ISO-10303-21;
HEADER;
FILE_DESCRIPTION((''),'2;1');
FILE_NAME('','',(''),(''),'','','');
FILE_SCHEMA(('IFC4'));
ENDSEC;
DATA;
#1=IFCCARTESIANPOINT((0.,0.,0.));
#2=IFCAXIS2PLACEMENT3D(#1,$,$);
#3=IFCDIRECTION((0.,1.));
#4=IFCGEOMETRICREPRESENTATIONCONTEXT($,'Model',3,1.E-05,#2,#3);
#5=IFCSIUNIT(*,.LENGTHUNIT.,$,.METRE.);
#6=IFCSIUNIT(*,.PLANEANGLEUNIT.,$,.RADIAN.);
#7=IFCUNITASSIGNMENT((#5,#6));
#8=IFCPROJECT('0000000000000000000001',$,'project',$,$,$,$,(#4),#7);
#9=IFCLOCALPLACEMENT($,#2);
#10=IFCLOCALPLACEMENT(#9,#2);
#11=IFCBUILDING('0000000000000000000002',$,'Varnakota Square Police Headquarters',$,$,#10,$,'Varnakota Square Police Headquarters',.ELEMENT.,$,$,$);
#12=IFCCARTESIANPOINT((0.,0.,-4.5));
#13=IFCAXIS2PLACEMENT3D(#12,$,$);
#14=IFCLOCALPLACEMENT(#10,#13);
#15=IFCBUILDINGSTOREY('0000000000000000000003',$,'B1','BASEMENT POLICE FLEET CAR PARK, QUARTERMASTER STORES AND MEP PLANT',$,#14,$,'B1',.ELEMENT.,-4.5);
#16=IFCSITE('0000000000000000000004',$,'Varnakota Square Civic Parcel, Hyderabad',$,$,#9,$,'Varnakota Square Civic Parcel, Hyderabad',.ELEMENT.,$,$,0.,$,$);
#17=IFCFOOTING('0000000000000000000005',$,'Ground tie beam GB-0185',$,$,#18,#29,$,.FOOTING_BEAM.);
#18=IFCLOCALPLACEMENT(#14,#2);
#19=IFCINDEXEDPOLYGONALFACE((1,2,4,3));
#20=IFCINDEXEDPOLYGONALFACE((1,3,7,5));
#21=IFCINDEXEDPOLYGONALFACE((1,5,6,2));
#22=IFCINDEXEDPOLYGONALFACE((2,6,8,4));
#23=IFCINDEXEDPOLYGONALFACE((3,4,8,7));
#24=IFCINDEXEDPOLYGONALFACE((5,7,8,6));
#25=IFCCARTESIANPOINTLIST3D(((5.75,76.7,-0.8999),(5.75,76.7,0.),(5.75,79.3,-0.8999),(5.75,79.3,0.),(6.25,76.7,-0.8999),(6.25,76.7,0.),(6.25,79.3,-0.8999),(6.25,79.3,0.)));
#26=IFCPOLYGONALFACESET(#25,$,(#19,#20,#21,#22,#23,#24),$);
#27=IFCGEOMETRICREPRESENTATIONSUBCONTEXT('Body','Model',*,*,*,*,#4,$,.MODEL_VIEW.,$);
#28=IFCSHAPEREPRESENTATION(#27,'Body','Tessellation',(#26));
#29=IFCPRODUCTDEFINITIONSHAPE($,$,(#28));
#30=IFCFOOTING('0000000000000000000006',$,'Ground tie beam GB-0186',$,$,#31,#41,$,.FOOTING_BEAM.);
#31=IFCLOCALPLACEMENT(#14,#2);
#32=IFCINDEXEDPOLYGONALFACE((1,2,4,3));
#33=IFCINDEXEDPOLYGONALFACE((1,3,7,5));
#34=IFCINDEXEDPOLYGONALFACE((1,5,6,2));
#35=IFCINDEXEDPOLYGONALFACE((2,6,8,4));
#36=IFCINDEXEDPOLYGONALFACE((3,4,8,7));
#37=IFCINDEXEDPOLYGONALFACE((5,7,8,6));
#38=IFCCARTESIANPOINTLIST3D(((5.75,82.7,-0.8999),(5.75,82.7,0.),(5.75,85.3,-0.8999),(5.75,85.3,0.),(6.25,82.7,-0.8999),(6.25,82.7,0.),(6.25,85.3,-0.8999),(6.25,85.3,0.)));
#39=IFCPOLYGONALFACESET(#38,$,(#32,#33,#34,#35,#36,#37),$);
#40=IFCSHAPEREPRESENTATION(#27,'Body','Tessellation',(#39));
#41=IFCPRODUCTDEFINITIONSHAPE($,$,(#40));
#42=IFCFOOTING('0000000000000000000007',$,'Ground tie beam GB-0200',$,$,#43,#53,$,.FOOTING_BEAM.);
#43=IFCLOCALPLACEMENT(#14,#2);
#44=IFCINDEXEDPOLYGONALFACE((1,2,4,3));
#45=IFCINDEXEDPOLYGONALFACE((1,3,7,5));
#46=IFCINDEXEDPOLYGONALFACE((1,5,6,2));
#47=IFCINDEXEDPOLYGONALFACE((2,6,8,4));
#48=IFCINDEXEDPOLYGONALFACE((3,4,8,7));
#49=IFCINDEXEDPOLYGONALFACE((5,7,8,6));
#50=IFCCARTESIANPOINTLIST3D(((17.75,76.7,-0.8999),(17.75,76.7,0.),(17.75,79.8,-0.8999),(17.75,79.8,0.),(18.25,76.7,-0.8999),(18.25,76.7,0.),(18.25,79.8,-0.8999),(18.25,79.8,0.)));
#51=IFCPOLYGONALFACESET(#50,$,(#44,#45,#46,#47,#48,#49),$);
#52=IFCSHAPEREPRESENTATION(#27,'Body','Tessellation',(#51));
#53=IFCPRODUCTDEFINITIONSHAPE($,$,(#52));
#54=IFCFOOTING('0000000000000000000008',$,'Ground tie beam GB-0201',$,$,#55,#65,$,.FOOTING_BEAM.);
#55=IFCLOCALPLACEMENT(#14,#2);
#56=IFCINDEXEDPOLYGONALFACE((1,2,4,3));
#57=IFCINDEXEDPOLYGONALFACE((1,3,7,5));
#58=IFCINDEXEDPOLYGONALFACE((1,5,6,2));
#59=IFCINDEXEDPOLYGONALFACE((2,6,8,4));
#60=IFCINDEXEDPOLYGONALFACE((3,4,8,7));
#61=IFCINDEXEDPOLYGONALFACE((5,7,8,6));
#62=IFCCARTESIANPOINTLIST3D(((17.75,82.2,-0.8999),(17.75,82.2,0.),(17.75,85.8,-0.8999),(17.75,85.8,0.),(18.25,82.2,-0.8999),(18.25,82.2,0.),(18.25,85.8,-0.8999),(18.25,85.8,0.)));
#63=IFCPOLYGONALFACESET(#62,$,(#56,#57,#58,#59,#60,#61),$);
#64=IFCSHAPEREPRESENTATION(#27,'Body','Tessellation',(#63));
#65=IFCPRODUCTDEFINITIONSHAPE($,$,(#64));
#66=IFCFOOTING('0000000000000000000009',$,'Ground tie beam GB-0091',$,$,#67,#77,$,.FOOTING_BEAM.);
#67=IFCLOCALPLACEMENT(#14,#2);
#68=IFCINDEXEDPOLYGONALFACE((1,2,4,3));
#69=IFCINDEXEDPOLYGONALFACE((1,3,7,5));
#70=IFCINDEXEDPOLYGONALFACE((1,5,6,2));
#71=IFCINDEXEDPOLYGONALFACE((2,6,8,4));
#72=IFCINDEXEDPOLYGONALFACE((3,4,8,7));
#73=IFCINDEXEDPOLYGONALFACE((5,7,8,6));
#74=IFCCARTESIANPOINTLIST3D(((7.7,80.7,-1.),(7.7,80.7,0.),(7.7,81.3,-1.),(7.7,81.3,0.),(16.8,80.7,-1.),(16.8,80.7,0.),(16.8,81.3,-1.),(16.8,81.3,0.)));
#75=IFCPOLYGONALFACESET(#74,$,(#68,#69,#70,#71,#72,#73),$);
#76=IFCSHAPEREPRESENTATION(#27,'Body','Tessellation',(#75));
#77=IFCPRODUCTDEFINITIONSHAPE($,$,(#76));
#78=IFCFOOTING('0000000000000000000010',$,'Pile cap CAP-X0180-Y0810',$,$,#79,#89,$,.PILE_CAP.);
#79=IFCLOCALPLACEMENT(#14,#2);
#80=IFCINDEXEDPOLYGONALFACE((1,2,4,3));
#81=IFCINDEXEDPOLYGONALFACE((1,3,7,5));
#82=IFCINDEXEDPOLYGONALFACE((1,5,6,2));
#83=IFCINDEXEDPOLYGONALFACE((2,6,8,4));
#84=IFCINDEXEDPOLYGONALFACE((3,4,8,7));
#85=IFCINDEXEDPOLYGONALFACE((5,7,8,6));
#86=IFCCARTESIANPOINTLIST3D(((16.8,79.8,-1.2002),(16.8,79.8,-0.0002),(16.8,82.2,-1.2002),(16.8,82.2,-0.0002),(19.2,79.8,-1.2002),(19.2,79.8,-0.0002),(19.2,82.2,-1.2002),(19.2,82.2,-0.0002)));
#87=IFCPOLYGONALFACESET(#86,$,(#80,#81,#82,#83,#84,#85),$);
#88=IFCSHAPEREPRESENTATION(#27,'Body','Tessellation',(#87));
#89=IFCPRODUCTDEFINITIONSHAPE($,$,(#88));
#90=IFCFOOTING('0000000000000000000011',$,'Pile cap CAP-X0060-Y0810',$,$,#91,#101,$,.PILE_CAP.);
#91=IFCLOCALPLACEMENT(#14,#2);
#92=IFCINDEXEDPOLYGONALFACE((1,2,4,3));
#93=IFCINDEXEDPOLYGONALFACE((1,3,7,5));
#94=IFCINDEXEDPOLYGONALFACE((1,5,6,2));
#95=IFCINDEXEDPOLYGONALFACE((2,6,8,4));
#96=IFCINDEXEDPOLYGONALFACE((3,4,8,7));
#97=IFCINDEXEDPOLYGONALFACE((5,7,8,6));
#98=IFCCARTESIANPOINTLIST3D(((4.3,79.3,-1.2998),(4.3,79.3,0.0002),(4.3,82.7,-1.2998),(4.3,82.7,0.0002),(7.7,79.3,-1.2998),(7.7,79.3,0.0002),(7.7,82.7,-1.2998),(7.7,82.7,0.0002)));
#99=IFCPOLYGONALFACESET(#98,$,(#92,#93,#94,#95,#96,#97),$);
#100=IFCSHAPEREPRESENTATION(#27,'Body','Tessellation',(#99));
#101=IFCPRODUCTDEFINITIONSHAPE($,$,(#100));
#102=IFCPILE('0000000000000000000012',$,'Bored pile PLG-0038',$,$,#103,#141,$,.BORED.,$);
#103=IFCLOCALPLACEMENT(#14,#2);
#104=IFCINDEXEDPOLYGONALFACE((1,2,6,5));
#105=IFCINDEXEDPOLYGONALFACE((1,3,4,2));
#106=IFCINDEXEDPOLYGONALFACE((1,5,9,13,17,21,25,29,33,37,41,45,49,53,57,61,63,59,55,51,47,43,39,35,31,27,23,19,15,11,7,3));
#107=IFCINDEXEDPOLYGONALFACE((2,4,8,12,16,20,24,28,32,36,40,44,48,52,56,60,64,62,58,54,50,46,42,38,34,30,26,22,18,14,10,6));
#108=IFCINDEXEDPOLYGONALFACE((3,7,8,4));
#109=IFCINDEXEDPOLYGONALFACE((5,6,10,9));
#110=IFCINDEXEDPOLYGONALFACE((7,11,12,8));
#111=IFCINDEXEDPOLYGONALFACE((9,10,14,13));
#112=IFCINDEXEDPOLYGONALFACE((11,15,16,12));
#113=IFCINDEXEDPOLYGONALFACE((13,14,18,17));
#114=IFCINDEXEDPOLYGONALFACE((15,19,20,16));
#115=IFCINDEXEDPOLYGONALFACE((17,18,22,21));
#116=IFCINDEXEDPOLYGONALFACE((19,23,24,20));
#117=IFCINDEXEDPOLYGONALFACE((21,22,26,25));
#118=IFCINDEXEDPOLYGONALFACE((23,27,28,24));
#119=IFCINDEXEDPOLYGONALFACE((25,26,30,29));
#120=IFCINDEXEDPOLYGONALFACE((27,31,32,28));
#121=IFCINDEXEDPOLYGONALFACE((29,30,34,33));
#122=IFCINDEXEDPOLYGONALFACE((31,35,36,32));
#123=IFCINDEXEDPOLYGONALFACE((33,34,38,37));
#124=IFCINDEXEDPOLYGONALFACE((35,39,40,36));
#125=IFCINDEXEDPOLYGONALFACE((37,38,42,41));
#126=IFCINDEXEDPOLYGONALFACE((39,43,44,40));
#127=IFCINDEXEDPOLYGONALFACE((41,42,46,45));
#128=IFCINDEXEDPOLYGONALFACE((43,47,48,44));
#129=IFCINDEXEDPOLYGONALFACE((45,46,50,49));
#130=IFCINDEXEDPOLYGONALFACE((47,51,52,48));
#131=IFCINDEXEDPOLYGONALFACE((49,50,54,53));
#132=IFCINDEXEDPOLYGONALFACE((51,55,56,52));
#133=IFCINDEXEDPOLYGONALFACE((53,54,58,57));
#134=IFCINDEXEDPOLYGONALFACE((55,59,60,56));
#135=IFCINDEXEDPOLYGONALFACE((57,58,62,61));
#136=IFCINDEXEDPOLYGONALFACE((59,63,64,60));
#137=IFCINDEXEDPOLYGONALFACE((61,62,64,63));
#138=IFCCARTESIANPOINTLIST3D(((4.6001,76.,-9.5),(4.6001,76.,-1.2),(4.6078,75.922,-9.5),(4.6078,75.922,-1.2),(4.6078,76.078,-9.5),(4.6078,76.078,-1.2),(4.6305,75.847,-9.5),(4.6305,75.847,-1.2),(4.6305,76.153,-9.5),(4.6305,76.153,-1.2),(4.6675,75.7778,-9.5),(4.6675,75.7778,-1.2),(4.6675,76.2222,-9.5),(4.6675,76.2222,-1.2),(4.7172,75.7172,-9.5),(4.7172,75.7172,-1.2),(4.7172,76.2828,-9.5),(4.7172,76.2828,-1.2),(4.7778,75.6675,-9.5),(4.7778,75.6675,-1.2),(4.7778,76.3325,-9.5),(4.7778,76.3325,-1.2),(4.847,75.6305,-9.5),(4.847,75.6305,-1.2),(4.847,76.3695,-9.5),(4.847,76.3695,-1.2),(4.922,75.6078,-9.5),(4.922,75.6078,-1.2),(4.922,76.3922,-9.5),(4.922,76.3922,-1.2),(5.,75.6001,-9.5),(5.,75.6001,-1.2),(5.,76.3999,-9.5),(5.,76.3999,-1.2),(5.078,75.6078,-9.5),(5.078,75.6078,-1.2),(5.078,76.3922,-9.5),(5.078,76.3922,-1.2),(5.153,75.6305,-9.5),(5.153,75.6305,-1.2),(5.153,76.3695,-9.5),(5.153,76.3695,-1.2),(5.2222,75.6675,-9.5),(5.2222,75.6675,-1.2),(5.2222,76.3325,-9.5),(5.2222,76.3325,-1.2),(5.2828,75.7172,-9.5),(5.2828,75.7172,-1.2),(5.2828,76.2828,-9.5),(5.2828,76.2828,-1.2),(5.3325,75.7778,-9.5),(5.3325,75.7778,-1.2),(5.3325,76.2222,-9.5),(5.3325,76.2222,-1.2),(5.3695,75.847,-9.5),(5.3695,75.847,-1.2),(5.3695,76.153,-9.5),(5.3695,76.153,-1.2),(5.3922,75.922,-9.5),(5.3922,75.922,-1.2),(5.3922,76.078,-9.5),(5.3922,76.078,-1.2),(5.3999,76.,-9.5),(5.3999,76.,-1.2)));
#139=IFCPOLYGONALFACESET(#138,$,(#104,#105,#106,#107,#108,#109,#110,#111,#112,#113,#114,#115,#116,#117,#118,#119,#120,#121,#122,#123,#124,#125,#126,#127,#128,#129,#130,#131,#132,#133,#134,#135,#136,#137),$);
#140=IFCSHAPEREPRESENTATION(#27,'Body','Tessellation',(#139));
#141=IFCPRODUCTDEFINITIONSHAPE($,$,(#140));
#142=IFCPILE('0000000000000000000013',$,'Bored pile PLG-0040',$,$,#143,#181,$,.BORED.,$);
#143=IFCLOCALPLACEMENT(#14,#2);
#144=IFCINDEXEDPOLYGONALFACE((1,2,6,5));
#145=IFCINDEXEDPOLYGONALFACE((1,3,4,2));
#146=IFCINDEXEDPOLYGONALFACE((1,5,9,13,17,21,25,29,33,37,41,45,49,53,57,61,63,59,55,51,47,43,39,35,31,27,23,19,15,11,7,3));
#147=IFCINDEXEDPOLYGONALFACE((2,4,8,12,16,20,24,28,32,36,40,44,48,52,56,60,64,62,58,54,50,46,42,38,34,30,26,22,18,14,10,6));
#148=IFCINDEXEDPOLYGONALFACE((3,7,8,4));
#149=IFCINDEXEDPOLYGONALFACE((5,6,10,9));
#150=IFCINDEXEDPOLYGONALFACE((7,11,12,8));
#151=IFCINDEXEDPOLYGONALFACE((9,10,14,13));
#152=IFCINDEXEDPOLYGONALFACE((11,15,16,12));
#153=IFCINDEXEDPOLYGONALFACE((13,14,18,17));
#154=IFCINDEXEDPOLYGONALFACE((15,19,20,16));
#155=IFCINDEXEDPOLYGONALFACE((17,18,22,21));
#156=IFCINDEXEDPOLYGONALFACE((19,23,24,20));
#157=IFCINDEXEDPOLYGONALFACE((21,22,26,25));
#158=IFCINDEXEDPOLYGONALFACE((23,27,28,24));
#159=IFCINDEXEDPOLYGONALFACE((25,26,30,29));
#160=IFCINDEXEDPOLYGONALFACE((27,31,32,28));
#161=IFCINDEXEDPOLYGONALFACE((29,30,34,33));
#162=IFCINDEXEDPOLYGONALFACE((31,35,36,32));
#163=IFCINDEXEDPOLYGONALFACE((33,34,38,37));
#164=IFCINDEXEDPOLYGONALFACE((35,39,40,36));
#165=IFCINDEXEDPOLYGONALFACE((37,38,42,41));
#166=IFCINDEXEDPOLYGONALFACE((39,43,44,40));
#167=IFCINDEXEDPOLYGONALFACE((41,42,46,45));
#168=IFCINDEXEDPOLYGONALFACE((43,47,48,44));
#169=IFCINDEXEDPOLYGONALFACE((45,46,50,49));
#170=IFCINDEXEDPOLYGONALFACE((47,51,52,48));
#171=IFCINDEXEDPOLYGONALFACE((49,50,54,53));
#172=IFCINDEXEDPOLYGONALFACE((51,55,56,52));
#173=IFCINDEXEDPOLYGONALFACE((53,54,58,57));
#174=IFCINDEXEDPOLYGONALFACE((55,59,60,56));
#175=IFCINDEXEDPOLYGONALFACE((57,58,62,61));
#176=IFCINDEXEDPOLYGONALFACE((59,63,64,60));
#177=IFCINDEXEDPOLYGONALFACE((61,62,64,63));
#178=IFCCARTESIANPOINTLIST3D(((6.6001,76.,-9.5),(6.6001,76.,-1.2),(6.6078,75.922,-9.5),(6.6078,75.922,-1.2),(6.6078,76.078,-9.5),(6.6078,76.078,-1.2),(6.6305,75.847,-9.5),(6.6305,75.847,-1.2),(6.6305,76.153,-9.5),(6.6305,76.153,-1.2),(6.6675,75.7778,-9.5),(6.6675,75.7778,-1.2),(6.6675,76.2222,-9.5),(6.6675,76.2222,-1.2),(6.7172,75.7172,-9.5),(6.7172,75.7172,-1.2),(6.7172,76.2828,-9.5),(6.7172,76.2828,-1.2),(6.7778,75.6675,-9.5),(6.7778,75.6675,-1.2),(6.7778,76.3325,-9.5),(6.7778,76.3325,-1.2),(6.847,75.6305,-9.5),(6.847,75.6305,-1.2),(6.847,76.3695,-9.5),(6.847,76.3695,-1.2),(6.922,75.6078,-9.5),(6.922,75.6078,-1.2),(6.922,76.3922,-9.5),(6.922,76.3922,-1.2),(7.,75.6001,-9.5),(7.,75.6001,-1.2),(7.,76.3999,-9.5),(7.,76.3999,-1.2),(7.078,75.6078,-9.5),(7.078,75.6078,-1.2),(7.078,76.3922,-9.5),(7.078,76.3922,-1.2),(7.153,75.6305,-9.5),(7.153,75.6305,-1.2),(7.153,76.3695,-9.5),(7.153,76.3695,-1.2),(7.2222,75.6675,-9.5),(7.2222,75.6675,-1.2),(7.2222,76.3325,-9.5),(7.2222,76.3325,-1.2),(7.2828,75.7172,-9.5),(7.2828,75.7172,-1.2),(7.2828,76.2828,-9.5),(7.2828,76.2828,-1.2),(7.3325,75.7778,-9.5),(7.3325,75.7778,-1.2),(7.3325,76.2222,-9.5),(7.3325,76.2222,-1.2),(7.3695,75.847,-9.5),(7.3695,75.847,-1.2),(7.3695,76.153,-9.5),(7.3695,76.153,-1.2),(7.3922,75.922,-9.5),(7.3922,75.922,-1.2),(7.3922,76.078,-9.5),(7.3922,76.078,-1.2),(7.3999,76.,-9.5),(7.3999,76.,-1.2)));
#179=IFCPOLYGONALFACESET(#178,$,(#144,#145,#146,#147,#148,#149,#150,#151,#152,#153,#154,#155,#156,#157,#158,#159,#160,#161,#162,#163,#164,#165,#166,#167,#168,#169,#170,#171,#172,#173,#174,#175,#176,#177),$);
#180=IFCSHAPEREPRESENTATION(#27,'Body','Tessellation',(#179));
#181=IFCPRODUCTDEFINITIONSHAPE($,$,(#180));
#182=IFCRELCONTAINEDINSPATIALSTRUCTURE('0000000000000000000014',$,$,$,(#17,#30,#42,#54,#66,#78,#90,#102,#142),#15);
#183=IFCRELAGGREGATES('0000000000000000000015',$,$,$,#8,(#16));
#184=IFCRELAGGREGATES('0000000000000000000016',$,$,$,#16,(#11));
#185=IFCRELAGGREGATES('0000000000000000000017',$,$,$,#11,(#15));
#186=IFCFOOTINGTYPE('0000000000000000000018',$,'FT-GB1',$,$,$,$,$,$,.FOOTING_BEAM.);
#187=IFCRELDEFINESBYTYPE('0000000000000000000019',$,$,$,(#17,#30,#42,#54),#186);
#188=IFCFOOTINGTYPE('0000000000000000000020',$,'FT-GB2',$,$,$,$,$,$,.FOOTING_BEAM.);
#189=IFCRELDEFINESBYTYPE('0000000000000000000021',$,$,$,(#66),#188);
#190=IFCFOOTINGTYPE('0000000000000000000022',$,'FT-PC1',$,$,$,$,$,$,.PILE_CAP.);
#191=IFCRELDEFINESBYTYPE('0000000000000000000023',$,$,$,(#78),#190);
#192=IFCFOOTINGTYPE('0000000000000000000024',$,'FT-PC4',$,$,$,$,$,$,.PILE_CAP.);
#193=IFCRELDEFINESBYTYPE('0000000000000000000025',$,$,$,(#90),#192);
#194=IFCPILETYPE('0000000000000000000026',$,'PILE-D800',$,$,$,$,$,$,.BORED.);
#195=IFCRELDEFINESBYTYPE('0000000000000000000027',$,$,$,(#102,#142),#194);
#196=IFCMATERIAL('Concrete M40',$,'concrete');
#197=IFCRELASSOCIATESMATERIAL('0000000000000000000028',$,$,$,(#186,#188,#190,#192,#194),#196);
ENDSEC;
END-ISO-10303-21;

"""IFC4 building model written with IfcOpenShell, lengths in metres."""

from ifc_helpers import new_model, si_unit, direction, frame, origin, origin_2d, place, context, subcontext, project, spatial, rectangle, circle, extrude, material, material_profile, profile_set, type_object, element, save


model = new_model("IFC4")

# Units and contexts
model_context = context("Model", 3, precision=1e-05, world=origin(), true_north=direction((0.0, 1.0)))
body_context = subcontext(model_context, "Body", "Model", "MODEL_VIEW")
ifc_project = project(units=[si_unit("LENGTHUNIT", "METRE"), si_unit("PLANEANGLEUNIT", "RADIAN")], contexts=[model_context])

# Site, building, storey
site_placement = place(None, origin())
site = spatial("IfcSite", under=ifc_project, at=site_placement, Name="Varnakota Square Civic Parcel, Hyderabad", LongName="Varnakota Square Civic Parcel, Hyderabad", CompositionType="ELEMENT", RefElevation=0.0)
building_placement = place(site_placement, origin())
building = spatial("IfcBuilding", under=site, at=building_placement, Name="Varnakota Square Police Headquarters", LongName="Varnakota Square Police Headquarters", CompositionType="ELEMENT")
storey_placement = place(building_placement, frame((0.0, 0.0, -4.5)))
storey = spatial("IfcBuildingStorey", under=building, at=storey_placement, Name="B1", Description="BASEMENT POLICE FLEET CAR PARK, QUARTERMASTER STORES AND MEP PLANT", LongName="B1", CompositionType="ELEMENT", Elevation=-4.5)

# Footings
ifc_material_1 = material(Name="Concrete M40", Category="concrete")
ifc_material_profile_1 = material_profile(ifc_material_1, rectangle(XDim=0.5, YDim=0.8999, at=origin_2d()), Name="GB 500x900")
ifc_profile_set_1 = profile_set([ifc_material_profile_1], Name="Concrete M40")
footing_type_1 = type_object("IfcFootingType", Name="FT-GB1", PredefinedType="FOOTING_BEAM", material=ifc_profile_set_1)
for number, where, z_axis, x_axis, name in (
    (1, (6.0, 76.7, -0.45), (0.0, 1.0, 0.0), (-1.0, 0.0, 0.0), "Ground tie beam GB-0185"),
    (2, (6.0, 82.7, -0.45), (0.0, 1.0, 0.0), (-1.0, 0.0, 0.0), "Ground tie beam GB-0186"),
):
    element("IfcFooting", number, at=place(storey_placement, frame(where, z_axis=z_axis, x_axis=x_axis)), inside=storey, type_object=footing_type_1, Name=name, PredefinedType="FOOTING_BEAM", context=body_context, shape_type="SweptSolid", body=[
        extrude(rectangle(XDim=0.5, YDim=0.8999, at=origin_2d()), origin(), (0.0, 0.0, 1.0), 2.6001),
    ])
footing_1_placement = place(storey_placement, frame((18.0, 76.7, -0.45), z_axis=(0.0, 1.0, 0.0), x_axis=(-1.0, 0.0, 0.0)))
element("IfcFooting", 3, at=footing_1_placement, inside=storey, type_object=footing_type_1, Name="Ground tie beam GB-0200", PredefinedType="FOOTING_BEAM", context=body_context, shape_type="SweptSolid", body=[
    extrude(rectangle(XDim=0.5, YDim=0.8999, at=origin_2d()), origin(), (0.0, 0.0, 1.0), 3.1001),
])
footing_2_placement = place(storey_placement, frame((18.0, 82.2, -0.45), z_axis=(0.0, 1.0, 0.0), x_axis=(-1.0, 0.0, 0.0)))
element("IfcFooting", 4, at=footing_2_placement, inside=storey, type_object=footing_type_1, Name="Ground tie beam GB-0201", PredefinedType="FOOTING_BEAM", context=body_context, shape_type="SweptSolid", body=[
    extrude(rectangle(XDim=0.5, YDim=0.8999, at=origin_2d()), origin(), (0.0, 0.0, 1.0), 3.6001),
])
ifc_material_profile_2 = material_profile(ifc_material_1, rectangle(XDim=0.6001, YDim=1.0, at=origin_2d()), Name="GB 600x1000")
ifc_profile_set_2 = profile_set([ifc_material_profile_2], Name="Concrete M40")
footing_type_2 = type_object("IfcFootingType", Name="FT-GB2", PredefinedType="FOOTING_BEAM", material=ifc_profile_set_2)
footing_3_placement = place(storey_placement, frame((7.7, 81.0, -0.5), z_axis=(1.0, 0.0, 0.0), x_axis=(0.0, 1.0, 0.0)))
element("IfcFooting", 5, at=footing_3_placement, inside=storey, type_object=footing_type_2, Name="Ground tie beam GB-0091", PredefinedType="FOOTING_BEAM", context=body_context, shape_type="SweptSolid", body=[
    extrude(rectangle(XDim=0.6001, YDim=1.0, at=origin_2d()), origin(), (0.0, 0.0, 1.0), 9.1001),
])
footing_type_3 = type_object("IfcFootingType", Name="FT-PC1", PredefinedType="PILE_CAP", material=ifc_material_1)
footing_4_placement = place(storey_placement, frame((18.0, 81.0, -1.2002), z_axis=(0.0, 0.0, 1.0), x_axis=(1.0, 0.0, 0.0)))
element("IfcFooting", 6, at=footing_4_placement, inside=storey, type_object=footing_type_3, Name="Pile cap CAP-X0180-Y0810", PredefinedType="PILE_CAP", context=body_context, shape_type="SweptSolid", body=[
    extrude(rectangle(XDim=2.3999, YDim=2.3999, at=origin_2d()), origin(), (0.0, 0.0, 1.0), 1.2),
])
footing_type_4 = type_object("IfcFootingType", Name="FT-PC4", PredefinedType="PILE_CAP", material=ifc_material_1)
footing_5_placement = place(storey_placement, frame((6.0, 81.0, -1.2998), z_axis=(0.0, 0.0, 1.0), x_axis=(1.0, 0.0, 0.0)))
element("IfcFooting", 7, at=footing_5_placement, inside=storey, type_object=footing_type_4, Name="Pile cap CAP-X0060-Y0810", PredefinedType="PILE_CAP", context=body_context, shape_type="SweptSolid", body=[
    extrude(rectangle(XDim=3.3999, YDim=3.3999, at=origin_2d()), origin(), (0.0, 0.0, 1.0), 1.3),
])

# Piles
ifc_material_profile_3 = material_profile(ifc_material_1, circle(Radius=0.3999, at=origin_2d()), Name="BORED PILE 800")
ifc_profile_set_3 = profile_set([ifc_material_profile_3], Name="Concrete M40")
pile_type = type_object("IfcPileType", Name="PILE-D800", PredefinedType="BORED", material=ifc_profile_set_3)
for number, where, z_axis, x_axis, name in (
    (8, (5.0, 76.0, -1.2), (0.0, 0.0, -1.0), (1.0, 0.0, 0.0), "Bored pile PLG-0038"),
    (9, (7.0, 76.0, -1.2), (0.0, 0.0, -1.0), (1.0, 0.0, 0.0), "Bored pile PLG-0040"),
):
    element("IfcPile", number, at=place(storey_placement, frame(where, z_axis=z_axis, x_axis=x_axis)), inside=storey, type_object=pile_type, Name=name, PredefinedType="BORED", context=body_context, shape_type="SweptSolid", body=[
        extrude(circle(Radius=0.3999, at=origin_2d()), origin(), (0.0, 0.0, 1.0), 8.3),
    ])

save(model, "model.ifc")
